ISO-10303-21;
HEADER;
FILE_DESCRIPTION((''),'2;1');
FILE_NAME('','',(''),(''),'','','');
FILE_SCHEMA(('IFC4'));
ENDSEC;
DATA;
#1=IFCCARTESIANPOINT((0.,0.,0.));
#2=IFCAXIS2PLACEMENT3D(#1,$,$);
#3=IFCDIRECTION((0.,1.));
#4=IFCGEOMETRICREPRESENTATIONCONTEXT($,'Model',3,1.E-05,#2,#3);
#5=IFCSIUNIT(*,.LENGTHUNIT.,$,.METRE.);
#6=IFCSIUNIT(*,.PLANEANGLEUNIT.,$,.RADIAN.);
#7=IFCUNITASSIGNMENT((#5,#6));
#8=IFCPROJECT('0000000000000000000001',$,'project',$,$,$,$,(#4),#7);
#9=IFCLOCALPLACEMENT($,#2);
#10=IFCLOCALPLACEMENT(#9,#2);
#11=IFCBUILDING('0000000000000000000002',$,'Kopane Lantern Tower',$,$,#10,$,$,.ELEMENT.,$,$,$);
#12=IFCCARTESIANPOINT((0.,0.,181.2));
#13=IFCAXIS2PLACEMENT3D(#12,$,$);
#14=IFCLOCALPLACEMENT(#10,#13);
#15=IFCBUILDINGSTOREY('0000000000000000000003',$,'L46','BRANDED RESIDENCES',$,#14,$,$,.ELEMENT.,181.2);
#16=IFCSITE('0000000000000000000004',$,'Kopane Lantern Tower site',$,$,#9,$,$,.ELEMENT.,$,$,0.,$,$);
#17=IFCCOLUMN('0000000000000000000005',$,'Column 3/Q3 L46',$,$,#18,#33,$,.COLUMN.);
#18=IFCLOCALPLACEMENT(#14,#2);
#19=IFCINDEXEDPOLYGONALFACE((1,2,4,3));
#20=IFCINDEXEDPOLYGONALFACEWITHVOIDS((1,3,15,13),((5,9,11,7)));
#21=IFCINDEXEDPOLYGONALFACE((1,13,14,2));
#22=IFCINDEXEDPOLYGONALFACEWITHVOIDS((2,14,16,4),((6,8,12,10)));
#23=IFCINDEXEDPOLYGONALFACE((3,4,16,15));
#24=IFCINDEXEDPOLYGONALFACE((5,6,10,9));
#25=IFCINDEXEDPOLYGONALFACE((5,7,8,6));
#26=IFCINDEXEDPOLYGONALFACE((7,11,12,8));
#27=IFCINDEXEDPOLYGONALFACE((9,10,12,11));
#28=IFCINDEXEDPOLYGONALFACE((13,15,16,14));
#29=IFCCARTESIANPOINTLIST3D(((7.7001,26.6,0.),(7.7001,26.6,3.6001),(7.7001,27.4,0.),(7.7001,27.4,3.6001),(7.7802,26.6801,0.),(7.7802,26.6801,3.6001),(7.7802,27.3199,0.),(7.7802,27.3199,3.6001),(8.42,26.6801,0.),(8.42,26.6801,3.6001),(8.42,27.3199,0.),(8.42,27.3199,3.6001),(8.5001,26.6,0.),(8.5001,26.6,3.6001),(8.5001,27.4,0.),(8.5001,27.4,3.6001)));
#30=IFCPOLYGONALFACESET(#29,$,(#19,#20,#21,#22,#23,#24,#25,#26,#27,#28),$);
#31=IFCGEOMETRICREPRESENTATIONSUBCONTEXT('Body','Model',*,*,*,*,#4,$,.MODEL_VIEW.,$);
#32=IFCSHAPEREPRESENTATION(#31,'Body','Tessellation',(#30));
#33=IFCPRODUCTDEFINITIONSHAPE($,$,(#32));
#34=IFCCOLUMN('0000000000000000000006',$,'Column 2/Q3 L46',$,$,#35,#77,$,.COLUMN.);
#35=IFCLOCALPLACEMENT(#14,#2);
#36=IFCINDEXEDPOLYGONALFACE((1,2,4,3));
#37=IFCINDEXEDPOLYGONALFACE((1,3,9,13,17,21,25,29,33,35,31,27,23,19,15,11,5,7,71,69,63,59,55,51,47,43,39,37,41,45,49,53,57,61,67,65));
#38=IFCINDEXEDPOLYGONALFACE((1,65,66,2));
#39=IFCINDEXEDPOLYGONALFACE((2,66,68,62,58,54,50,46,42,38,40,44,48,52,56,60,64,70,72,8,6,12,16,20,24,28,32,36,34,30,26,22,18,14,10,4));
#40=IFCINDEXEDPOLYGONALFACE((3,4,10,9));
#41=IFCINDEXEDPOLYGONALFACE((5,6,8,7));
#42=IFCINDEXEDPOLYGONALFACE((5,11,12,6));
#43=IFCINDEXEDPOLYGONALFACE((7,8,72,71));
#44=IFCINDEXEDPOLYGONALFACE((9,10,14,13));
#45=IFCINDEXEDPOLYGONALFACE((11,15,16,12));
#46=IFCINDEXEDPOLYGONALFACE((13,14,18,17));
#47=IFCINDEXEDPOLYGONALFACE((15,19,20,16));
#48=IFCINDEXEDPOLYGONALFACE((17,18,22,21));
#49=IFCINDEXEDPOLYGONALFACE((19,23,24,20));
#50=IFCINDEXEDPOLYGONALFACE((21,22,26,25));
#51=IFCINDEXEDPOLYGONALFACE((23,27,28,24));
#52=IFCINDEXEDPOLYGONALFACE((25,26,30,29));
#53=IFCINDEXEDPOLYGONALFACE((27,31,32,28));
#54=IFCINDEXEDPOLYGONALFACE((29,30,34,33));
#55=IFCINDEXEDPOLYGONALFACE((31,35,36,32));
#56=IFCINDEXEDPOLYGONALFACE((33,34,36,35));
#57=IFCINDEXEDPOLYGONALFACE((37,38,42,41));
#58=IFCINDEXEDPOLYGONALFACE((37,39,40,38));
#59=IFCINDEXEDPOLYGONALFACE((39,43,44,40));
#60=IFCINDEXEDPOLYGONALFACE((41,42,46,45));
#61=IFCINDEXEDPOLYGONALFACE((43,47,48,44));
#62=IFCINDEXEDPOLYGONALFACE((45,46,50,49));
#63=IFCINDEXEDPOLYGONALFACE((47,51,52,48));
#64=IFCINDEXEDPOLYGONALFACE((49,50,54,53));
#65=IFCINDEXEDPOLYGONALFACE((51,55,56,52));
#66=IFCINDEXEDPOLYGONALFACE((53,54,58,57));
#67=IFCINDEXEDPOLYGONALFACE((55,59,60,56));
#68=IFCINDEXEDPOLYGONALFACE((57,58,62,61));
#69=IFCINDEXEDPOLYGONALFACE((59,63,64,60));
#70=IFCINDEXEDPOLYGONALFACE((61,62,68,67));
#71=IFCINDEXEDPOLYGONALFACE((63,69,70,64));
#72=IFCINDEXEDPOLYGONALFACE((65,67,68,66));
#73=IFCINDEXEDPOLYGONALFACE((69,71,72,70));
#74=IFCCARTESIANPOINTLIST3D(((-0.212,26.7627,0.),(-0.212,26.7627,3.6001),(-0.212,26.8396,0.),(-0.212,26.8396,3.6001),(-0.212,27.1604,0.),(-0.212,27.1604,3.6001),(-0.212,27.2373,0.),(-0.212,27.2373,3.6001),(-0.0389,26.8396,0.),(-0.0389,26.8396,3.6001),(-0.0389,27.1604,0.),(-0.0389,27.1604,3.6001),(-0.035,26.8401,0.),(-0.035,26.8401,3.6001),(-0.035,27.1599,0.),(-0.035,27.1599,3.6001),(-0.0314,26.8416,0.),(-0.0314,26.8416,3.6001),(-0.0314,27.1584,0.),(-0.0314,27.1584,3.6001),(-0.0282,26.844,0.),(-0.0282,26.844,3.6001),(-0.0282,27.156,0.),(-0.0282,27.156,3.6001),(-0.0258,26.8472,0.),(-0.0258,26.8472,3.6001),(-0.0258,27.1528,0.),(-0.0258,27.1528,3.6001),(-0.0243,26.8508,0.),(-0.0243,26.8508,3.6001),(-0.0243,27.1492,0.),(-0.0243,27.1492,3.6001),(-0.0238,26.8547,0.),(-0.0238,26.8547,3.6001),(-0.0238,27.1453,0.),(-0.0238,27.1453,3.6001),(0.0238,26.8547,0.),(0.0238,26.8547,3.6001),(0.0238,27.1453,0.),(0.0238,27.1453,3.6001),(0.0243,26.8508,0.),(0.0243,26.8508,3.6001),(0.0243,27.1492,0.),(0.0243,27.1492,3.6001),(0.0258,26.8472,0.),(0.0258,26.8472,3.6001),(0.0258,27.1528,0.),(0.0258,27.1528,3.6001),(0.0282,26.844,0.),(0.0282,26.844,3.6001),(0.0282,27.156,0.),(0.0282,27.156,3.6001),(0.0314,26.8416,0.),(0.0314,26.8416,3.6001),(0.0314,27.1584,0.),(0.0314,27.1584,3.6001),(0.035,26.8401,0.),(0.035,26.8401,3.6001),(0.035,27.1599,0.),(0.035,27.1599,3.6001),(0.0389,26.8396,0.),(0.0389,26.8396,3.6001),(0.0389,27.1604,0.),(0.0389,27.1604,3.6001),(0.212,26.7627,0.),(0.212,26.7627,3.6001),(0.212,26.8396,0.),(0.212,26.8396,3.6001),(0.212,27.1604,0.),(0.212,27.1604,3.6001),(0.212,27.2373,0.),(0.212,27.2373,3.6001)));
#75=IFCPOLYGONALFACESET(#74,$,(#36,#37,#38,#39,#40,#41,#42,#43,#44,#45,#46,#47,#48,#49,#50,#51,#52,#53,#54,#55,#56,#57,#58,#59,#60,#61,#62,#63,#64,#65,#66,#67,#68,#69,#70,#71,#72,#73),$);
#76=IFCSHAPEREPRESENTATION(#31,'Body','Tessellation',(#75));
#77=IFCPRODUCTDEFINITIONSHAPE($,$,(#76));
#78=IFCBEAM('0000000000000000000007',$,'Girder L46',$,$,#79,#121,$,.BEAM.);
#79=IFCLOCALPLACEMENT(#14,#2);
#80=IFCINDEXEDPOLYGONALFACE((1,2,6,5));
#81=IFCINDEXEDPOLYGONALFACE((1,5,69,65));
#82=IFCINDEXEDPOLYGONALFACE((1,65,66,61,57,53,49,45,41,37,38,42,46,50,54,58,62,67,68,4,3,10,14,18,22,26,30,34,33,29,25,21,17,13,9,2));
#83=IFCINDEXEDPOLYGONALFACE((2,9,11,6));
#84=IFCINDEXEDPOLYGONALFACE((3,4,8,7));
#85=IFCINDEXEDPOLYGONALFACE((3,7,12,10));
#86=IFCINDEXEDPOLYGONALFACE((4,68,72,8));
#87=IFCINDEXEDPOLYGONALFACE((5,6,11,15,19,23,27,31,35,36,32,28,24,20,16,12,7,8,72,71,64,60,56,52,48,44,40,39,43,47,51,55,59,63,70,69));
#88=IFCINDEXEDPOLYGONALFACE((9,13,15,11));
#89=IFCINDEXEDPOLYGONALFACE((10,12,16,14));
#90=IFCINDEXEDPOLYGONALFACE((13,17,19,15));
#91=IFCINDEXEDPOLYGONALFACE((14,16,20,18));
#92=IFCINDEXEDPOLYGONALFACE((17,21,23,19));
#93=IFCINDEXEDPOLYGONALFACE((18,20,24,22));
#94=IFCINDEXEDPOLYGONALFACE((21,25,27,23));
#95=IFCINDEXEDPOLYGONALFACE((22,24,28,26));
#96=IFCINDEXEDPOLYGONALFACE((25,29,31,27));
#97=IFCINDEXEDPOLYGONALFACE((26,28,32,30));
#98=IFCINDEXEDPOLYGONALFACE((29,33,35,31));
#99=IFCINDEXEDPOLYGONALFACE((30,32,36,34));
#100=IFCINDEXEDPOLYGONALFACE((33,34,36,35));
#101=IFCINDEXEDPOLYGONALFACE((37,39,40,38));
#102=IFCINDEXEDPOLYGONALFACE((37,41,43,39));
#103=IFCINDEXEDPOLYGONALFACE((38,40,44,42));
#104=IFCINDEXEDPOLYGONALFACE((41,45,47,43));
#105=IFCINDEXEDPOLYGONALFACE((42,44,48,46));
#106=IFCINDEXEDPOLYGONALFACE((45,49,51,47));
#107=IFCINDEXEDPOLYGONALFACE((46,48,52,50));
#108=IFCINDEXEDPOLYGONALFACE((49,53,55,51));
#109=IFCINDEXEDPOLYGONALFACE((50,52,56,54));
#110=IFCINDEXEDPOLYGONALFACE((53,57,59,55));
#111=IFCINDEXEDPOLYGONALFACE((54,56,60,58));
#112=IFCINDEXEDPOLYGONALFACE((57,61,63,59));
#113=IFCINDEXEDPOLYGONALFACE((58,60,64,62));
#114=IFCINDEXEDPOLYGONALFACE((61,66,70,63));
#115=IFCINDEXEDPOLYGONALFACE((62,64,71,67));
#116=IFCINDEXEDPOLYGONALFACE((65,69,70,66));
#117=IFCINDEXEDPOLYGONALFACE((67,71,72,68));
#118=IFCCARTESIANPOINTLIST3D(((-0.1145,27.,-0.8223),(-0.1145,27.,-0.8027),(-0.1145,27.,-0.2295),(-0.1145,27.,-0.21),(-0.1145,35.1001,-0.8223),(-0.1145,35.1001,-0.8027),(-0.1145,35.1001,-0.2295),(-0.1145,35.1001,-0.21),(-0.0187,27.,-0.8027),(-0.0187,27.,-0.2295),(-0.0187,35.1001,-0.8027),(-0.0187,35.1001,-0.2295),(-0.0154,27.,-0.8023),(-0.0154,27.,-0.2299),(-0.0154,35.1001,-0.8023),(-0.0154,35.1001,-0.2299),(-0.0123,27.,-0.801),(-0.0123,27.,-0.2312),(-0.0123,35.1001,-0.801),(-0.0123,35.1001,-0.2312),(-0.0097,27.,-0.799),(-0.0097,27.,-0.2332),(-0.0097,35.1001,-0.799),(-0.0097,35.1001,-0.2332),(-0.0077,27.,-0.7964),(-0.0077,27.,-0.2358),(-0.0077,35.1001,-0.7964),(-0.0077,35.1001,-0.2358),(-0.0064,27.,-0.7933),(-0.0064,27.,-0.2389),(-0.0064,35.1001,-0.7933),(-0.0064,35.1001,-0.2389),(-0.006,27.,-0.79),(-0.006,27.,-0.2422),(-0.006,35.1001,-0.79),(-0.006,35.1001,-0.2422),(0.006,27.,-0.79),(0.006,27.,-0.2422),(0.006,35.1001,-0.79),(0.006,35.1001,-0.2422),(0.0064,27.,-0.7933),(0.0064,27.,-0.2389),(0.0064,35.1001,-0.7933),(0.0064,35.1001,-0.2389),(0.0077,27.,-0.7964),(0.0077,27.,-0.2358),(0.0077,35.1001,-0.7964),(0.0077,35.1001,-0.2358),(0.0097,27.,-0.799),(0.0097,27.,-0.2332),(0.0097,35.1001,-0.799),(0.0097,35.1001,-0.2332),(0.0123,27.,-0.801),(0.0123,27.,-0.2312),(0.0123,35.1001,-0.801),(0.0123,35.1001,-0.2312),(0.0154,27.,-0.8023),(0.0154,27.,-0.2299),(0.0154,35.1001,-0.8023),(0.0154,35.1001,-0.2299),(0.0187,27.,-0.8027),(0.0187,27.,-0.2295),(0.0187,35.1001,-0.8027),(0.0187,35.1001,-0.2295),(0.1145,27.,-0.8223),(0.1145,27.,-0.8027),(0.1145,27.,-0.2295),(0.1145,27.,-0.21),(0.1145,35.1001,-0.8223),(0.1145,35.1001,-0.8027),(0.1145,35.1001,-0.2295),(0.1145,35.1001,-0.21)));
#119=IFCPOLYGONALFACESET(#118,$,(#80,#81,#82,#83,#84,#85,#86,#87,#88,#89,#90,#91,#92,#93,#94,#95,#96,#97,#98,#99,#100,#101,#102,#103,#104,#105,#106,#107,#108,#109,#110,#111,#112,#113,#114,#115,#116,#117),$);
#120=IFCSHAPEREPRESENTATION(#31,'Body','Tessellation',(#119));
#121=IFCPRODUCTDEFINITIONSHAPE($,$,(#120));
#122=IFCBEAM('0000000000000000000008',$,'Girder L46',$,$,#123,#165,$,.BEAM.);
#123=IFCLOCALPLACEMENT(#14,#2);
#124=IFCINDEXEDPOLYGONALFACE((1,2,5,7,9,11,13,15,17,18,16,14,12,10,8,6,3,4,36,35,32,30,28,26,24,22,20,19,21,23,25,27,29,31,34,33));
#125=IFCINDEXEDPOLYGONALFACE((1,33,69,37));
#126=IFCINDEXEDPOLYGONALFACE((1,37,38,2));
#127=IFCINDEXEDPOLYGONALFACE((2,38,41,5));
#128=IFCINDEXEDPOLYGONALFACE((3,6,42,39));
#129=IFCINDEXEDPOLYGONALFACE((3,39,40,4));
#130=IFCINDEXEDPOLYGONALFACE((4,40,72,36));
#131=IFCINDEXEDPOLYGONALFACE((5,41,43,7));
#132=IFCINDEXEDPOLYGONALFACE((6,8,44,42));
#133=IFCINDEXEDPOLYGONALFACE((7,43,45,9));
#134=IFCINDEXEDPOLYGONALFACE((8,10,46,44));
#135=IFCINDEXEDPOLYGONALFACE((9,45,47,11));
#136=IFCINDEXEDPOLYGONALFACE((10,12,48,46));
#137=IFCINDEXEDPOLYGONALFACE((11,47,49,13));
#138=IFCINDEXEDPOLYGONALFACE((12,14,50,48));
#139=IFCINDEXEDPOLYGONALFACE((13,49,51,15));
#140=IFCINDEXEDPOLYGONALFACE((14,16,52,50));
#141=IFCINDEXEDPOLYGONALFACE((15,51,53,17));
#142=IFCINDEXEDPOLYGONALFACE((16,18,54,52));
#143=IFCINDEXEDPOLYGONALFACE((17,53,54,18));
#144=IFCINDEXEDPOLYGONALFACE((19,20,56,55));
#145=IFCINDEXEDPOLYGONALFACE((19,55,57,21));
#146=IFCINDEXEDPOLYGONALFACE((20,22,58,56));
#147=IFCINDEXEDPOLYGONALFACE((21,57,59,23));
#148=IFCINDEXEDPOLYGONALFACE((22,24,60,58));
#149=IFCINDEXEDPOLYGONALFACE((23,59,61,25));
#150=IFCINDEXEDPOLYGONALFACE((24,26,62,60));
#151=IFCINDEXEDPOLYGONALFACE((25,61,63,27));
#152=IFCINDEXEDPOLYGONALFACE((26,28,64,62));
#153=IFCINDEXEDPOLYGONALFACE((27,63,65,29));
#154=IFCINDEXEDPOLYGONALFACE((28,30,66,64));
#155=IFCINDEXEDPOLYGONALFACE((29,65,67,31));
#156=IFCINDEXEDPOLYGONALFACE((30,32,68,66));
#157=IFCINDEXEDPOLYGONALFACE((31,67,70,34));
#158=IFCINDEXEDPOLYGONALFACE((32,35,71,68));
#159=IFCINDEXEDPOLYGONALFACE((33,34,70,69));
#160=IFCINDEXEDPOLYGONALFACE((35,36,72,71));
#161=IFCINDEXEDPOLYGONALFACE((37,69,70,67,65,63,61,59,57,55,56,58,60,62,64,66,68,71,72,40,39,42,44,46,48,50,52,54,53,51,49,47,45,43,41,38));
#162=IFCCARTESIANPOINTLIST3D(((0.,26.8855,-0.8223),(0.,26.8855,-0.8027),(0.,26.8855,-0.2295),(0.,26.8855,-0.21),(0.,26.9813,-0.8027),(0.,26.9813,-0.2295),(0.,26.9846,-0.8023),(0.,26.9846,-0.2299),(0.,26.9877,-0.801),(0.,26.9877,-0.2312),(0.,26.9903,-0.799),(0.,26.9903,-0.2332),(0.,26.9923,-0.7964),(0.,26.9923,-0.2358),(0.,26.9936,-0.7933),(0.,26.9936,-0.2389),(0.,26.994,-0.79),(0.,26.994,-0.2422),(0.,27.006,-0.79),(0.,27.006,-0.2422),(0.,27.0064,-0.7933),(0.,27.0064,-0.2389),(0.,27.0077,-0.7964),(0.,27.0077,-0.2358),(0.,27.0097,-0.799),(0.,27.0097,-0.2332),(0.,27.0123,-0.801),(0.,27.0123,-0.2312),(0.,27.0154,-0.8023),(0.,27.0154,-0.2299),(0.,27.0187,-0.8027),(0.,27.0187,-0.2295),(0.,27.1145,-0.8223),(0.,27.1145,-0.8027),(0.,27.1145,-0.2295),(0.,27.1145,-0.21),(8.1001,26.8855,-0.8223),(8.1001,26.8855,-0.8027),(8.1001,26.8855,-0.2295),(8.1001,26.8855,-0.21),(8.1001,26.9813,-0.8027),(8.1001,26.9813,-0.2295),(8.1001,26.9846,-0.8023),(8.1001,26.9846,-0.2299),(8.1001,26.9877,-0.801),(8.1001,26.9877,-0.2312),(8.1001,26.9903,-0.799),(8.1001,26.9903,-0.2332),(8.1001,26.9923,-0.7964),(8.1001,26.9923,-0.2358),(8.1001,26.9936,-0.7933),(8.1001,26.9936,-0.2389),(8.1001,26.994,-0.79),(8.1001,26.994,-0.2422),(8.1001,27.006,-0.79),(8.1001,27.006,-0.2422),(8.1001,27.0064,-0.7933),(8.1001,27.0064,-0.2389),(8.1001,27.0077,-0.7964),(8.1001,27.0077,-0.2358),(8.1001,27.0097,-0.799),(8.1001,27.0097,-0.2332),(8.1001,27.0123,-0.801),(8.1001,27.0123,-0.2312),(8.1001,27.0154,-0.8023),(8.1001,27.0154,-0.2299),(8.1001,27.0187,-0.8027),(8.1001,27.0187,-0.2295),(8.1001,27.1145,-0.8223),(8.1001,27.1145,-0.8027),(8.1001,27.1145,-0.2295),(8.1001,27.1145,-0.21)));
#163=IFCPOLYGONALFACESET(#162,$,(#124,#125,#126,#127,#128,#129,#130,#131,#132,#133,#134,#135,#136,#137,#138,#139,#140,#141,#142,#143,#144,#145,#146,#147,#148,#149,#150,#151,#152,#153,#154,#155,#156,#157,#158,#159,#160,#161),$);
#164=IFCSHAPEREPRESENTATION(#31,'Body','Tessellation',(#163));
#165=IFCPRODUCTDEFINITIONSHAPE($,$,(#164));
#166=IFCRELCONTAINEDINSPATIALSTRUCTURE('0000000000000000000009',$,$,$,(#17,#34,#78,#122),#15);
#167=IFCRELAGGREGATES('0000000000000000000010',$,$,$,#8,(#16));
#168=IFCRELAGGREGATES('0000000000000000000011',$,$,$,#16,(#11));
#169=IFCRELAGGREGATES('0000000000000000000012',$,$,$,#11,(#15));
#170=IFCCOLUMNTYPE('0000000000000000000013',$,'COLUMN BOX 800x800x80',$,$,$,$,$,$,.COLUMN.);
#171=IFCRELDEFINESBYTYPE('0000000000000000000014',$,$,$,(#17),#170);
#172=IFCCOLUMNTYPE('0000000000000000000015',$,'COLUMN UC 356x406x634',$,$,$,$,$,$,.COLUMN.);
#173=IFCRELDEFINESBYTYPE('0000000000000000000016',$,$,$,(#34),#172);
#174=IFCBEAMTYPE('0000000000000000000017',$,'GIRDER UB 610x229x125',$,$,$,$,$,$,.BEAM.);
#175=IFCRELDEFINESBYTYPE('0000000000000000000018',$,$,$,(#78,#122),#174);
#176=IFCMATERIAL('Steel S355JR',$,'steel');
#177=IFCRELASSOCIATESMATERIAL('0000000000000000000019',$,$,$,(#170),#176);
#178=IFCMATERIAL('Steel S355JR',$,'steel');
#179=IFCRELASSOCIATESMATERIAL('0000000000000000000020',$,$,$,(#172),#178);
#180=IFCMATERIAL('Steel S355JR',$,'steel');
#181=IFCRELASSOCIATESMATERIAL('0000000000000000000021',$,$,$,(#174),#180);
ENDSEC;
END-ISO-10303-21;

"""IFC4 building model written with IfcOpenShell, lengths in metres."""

from ifc_helpers import new_model, si_unit, direction, frame, origin, origin_2d, place, context, subcontext, project, spatial, hollow_rectangle, i_section, extrude, material, material_profile, profile_set, type_object, element, save


model = new_model("IFC4")

# Units and contexts
model_context = context("Model", 3, precision=1e-05, world=origin(), true_north=direction((0.0, 1.0)))
body_context = subcontext(model_context, "Body", "Model", "MODEL_VIEW")
ifc_project = project(units=[si_unit("LENGTHUNIT", "METRE"), si_unit("PLANEANGLEUNIT", "RADIAN")], contexts=[model_context])

# Site, building, storey
site_placement = place(None, origin())
site = spatial("IfcSite", under=ifc_project, at=site_placement, Name="Kopane Lantern Tower site", CompositionType="ELEMENT", RefElevation=0.0)
building_placement = place(site_placement, origin())
building = spatial("IfcBuilding", under=site, at=building_placement, Name="Kopane Lantern Tower", CompositionType="ELEMENT")
storey_placement = place(building_placement, frame((0.0, 0.0, 181.2)))
storey = spatial("IfcBuildingStorey", under=building, at=storey_placement, Name="L46", Description="BRANDED RESIDENCES", CompositionType="ELEMENT", Elevation=181.2)

# Columns
ifc_material_1 = material(Name="Steel S355JR", Category="steel")
ifc_material_profile_1 = material_profile(ifc_material_1, hollow_rectangle(XDim=0.8, YDim=0.8, WallThickness=0.0801, at=origin_2d()), Name="BOX 800x800x80")
ifc_profile_set_1 = profile_set([ifc_material_profile_1], Name="Steel S355JR")
column_type_1 = type_object("IfcColumnType", Name="COLUMN BOX 800x800x80", PredefinedType="COLUMN", material=ifc_profile_set_1)
column_1_placement = place(storey_placement, frame((8.1001, 27.0, 0.0), z_axis=(0.0, 0.0, 1.0), x_axis=(1.0, 0.0, 0.0)))
element("IfcColumn", 1, at=column_1_placement, inside=storey, type_object=column_type_1, Name="Column 3/Q3 L46", PredefinedType="COLUMN", context=body_context, shape_type="SweptSolid", body=[
    extrude(hollow_rectangle(XDim=0.8, YDim=0.8, WallThickness=0.0801, at=origin_2d()), origin(), (0.0, 0.0, 1.0), 3.6001),
])
ifc_material_2 = material(Name="Steel S355JR", Category="steel")
ifc_material_profile_2 = material_profile(ifc_material_2, i_section(OverallWidth=0.4241, OverallDepth=0.4746, WebThickness=0.0476, FlangeThickness=0.0769, FilletRadius=0.0151, at=origin_2d()), Name="UC 356x406x634")
ifc_profile_set_2 = profile_set([ifc_material_profile_2], Name="Steel S355JR")
column_type_2 = type_object("IfcColumnType", Name="COLUMN UC 356x406x634", PredefinedType="COLUMN", material=ifc_profile_set_2)
column_2_placement = place(storey_placement, frame((0.0, 27.0, 0.0), z_axis=(0.0, 0.0, 1.0), x_axis=(1.0, 0.0, 0.0)))
element("IfcColumn", 2, at=column_2_placement, inside=storey, type_object=column_type_2, Name="Column 2/Q3 L46", PredefinedType="COLUMN", context=body_context, shape_type="SweptSolid", body=[
    extrude(i_section(OverallWidth=0.4241, OverallDepth=0.4746, WebThickness=0.0476, FlangeThickness=0.0769, FilletRadius=0.0151, at=origin_2d()), origin(), (0.0, 0.0, 1.0), 3.6001),
])

# Beams
ifc_material_3 = material(Name="Steel S355JR", Category="steel")
ifc_material_profile_3 = material_profile(ifc_material_3, i_section(OverallWidth=0.229, OverallDepth=0.6123, WebThickness=0.012, FlangeThickness=0.0195, FilletRadius=0.0127, at=origin_2d()), Name="UB 610x229x125")
ifc_profile_set_3 = profile_set([ifc_material_profile_3], Name="Steel S355JR")
beam_type = type_object("IfcBeamType", Name="GIRDER UB 610x229x125", PredefinedType="BEAM", material=ifc_profile_set_3)
for number, where, z_axis, x_axis, name in (
    (3, (0.0, 27.0, -0.5161), (0.0, 1.0, 0.0), (-1.0, 0.0, 0.0), "Girder L46"),
    (4, (0.0, 27.0, -0.5161), (1.0, 0.0, 0.0), (0.0, 1.0, 0.0), "Girder L46"),
):
    element("IfcBeam", number, at=place(storey_placement, frame(where, z_axis=z_axis, x_axis=x_axis)), inside=storey, type_object=beam_type, Name=name, PredefinedType="BEAM", context=body_context, shape_type="SweptSolid", body=[
        extrude(i_section(OverallWidth=0.229, OverallDepth=0.6123, WebThickness=0.012, FlangeThickness=0.0195, FilletRadius=0.0127, at=origin_2d()), origin(), (0.0, 0.0, 1.0), 8.1001),
    ])

save(model, "model.ifc")
